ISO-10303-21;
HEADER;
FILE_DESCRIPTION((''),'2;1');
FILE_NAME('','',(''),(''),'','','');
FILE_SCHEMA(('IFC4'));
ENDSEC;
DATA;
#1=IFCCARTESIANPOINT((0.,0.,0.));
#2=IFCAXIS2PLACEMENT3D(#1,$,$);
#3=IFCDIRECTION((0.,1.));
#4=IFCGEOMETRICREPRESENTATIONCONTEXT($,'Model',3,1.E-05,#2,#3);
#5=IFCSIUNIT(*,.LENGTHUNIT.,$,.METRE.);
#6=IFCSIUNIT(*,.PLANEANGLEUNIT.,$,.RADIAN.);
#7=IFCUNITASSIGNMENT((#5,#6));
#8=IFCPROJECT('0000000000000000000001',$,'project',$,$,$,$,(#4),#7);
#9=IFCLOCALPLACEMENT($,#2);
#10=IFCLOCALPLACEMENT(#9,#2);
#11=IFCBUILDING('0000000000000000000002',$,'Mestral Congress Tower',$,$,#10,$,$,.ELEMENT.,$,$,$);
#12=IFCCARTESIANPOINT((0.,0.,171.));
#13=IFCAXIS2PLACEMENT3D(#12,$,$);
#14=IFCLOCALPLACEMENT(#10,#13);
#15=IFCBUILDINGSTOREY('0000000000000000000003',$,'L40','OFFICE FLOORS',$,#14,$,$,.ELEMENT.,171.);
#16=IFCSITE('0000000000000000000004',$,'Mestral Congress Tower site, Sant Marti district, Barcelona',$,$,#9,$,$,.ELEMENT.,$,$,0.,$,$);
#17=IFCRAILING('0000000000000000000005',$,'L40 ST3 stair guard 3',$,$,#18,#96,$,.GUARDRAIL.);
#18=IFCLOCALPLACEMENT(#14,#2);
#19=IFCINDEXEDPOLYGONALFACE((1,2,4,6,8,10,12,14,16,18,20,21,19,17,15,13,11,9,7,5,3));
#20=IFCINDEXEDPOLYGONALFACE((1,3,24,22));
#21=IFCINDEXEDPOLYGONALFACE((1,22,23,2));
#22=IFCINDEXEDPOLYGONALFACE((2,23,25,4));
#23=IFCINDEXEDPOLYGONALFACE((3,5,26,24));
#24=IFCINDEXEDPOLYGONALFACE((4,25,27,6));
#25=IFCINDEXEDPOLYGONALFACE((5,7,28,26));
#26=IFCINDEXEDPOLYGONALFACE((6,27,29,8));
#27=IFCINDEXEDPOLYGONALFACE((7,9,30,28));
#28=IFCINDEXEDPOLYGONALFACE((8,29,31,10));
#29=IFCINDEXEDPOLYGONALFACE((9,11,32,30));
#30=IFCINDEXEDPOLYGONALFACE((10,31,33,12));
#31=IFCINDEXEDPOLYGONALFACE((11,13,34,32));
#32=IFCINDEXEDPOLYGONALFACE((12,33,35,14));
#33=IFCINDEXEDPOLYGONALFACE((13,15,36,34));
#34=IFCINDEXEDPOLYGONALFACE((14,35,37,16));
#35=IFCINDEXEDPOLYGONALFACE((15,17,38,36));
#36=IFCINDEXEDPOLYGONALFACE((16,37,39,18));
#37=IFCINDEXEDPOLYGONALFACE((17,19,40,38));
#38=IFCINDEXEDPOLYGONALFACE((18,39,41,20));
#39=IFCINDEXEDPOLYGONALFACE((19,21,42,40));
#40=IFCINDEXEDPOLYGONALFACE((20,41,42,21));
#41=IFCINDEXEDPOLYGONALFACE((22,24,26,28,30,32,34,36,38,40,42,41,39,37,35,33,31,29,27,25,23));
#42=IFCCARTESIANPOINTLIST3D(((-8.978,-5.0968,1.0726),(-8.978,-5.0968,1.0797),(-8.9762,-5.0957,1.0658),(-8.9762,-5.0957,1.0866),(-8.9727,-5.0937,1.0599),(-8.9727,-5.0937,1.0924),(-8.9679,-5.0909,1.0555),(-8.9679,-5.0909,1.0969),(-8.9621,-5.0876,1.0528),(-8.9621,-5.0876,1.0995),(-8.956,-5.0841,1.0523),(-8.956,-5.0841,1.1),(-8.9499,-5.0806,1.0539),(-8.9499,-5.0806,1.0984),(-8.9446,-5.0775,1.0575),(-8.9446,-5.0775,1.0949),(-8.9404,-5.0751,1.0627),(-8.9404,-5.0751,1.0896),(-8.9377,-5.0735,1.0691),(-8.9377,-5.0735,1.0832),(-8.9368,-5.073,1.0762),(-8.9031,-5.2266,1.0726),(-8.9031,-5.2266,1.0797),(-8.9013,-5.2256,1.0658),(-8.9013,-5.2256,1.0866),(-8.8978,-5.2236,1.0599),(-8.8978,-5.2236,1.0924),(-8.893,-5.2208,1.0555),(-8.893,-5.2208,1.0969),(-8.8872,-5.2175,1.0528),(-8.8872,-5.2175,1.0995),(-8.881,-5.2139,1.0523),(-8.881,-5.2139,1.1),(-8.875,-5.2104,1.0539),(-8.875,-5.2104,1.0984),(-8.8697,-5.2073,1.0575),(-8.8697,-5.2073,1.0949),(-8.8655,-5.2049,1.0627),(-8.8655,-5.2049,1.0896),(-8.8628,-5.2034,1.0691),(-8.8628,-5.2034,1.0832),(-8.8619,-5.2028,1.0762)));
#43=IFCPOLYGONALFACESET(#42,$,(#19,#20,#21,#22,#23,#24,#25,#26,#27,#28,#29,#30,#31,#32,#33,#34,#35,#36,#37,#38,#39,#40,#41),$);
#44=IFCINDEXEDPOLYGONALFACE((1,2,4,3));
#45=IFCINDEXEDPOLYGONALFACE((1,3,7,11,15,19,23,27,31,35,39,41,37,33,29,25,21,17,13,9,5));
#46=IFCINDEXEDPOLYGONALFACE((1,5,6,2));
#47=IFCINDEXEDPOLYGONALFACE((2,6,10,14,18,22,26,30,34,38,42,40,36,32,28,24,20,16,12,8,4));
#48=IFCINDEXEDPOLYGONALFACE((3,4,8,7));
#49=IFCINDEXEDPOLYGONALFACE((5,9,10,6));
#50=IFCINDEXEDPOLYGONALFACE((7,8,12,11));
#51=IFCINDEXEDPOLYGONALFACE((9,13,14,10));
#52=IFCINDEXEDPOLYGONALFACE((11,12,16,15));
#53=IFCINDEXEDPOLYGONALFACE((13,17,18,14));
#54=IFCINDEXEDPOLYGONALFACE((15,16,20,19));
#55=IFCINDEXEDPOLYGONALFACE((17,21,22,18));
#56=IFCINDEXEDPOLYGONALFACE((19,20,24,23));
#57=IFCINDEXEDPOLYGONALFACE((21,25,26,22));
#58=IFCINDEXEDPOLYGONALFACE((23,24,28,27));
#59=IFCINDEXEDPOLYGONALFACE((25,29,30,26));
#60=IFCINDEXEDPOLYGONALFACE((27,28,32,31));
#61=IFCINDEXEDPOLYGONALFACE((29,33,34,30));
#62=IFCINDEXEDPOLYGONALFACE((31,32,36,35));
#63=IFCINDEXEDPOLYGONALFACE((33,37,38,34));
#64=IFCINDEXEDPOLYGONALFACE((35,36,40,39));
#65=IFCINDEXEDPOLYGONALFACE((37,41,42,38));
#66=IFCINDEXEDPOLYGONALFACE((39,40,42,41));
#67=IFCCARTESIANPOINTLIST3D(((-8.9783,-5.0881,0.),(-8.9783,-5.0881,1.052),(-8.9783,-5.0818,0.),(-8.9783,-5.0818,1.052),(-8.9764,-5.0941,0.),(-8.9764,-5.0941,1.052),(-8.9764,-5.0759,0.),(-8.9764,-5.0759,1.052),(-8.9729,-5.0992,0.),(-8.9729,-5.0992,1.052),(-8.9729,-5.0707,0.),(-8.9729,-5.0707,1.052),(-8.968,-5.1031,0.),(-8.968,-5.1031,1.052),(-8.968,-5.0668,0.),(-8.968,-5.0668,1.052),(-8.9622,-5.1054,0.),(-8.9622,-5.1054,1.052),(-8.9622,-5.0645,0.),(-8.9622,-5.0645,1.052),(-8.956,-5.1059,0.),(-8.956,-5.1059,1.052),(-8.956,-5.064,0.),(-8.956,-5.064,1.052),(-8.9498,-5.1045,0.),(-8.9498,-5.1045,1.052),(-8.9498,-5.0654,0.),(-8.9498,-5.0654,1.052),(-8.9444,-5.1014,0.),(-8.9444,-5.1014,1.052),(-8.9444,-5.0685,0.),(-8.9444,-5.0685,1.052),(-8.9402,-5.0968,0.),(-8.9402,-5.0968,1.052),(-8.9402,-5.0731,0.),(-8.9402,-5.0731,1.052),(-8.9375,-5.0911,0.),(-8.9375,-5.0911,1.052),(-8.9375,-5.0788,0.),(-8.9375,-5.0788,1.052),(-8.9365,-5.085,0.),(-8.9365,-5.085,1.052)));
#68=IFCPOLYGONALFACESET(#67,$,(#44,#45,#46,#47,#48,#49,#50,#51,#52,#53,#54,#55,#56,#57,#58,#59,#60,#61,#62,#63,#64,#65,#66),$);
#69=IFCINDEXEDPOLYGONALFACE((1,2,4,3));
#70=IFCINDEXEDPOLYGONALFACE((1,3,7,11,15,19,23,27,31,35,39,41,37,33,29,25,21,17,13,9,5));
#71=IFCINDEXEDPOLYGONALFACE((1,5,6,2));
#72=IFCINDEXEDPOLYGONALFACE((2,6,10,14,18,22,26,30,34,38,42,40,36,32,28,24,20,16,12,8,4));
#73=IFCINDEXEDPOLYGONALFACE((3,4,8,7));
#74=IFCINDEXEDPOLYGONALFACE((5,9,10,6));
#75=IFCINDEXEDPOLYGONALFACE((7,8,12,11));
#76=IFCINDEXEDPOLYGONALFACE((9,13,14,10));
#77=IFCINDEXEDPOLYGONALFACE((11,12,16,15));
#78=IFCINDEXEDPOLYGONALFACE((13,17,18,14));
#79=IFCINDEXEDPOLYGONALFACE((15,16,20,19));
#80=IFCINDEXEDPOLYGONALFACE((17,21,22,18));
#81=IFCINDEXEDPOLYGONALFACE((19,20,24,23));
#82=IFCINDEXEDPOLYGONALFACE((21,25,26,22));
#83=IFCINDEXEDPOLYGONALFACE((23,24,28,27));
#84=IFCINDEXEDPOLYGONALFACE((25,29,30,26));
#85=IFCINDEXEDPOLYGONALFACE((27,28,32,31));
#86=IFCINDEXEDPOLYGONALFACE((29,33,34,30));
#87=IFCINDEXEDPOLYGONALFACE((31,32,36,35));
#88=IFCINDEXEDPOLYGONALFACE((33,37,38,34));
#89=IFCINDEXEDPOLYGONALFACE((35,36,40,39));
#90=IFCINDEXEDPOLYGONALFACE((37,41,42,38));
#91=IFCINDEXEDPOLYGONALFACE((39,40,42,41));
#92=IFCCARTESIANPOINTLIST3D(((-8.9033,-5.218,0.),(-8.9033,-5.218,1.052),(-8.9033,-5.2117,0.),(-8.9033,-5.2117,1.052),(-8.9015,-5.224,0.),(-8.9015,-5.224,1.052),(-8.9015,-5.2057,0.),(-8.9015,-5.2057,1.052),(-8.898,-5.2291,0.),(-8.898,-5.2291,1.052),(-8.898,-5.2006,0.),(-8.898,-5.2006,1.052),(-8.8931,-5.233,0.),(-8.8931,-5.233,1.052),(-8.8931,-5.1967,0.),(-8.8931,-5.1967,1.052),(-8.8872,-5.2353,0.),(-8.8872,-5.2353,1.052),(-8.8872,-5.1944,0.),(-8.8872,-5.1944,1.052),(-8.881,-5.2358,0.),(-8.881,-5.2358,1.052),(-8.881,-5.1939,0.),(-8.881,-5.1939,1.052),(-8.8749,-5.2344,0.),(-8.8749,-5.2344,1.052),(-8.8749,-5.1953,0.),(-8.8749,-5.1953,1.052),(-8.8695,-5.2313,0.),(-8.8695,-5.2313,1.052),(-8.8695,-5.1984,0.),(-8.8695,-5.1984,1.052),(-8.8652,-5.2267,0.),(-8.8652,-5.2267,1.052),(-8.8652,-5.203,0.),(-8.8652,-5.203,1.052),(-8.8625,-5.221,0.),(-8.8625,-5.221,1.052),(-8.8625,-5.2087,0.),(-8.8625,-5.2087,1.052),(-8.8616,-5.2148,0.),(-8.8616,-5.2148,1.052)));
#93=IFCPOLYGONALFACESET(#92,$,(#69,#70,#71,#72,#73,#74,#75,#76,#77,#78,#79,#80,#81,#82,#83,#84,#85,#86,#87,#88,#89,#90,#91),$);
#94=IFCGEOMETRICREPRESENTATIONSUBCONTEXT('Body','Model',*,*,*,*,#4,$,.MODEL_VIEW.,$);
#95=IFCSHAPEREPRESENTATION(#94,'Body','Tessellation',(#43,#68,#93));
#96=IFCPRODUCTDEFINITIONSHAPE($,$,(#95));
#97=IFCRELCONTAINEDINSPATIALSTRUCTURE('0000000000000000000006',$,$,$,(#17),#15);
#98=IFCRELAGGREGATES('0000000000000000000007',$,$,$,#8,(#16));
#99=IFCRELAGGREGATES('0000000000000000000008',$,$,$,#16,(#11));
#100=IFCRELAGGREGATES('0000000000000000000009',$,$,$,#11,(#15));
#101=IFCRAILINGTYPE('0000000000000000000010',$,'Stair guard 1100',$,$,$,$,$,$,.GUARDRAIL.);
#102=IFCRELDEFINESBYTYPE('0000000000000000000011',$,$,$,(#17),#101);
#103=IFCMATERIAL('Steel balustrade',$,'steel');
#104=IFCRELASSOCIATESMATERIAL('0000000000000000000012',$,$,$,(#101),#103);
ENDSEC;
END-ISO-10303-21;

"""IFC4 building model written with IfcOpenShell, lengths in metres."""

from ifc_helpers import new_model, si_unit, direction, frame, origin, origin_2d, place, context, subcontext, project, spatial, circle, extrude, material, type_object, element, save


model = new_model("IFC4")

# Units and contexts
model_context = context("Model", 3, precision=1e-05, world=origin(), true_north=direction((0.0, 1.0)))
body_context = subcontext(model_context, "Body", "Model", "MODEL_VIEW")
ifc_project = project(units=[si_unit("LENGTHUNIT", "METRE"), si_unit("PLANEANGLEUNIT", "RADIAN")], contexts=[model_context])

# Site, building, storey
site_placement = place(None, origin())
site = spatial("IfcSite", under=ifc_project, at=site_placement, Name="Mestral Congress Tower site, Sant Marti district, Barcelona", CompositionType="ELEMENT", RefElevation=0.0)
building_placement = place(site_placement, origin())
building = spatial("IfcBuilding", under=site, at=building_placement, Name="Mestral Congress Tower", CompositionType="ELEMENT")
storey_placement = place(building_placement, frame((0.0, 0.0, 171.0)))
storey = spatial("IfcBuildingStorey", under=building, at=storey_placement, Name="L40", Description="OFFICE FLOORS", CompositionType="ELEMENT", Elevation=171.0)

# Railing
ifc_material_1 = material(Name="Steel balustrade", Category="steel")
railing_type_1 = type_object("IfcRailingType", Name="Stair guard 1100", PredefinedType="GUARDRAIL", material=ifc_material_1)
railing_1_placement = place(storey_placement, frame((-8.9575, -5.085, 0.0)))
element("IfcRailing", 1, at=railing_1_placement, inside=storey, type_object=railing_type_1, Name="L40 ST3 stair guard 3", PredefinedType="GUARDRAIL", context=body_context, shape_type="SweptSolid", body=[
    extrude(circle(Radius=0.0239, at=origin_2d()), frame((0.0, 0.0, 1.0762), z_axis=(0.499816, -0.866131, 0.0), x_axis=(0.866131, 0.499816, 0.0)), (0.0, 0.0, 1.0), 0.1499),
    extrude(circle(Radius=0.021, at=origin_2d()), origin(), (0.0, 0.0, 1.0), 1.052),
    extrude(circle(Radius=0.021, at=origin_2d()), frame((0.075, -0.1299, 0.0)), (0.0, 0.0, 1.0), 1.052),
])

save(model, "model.ifc")
